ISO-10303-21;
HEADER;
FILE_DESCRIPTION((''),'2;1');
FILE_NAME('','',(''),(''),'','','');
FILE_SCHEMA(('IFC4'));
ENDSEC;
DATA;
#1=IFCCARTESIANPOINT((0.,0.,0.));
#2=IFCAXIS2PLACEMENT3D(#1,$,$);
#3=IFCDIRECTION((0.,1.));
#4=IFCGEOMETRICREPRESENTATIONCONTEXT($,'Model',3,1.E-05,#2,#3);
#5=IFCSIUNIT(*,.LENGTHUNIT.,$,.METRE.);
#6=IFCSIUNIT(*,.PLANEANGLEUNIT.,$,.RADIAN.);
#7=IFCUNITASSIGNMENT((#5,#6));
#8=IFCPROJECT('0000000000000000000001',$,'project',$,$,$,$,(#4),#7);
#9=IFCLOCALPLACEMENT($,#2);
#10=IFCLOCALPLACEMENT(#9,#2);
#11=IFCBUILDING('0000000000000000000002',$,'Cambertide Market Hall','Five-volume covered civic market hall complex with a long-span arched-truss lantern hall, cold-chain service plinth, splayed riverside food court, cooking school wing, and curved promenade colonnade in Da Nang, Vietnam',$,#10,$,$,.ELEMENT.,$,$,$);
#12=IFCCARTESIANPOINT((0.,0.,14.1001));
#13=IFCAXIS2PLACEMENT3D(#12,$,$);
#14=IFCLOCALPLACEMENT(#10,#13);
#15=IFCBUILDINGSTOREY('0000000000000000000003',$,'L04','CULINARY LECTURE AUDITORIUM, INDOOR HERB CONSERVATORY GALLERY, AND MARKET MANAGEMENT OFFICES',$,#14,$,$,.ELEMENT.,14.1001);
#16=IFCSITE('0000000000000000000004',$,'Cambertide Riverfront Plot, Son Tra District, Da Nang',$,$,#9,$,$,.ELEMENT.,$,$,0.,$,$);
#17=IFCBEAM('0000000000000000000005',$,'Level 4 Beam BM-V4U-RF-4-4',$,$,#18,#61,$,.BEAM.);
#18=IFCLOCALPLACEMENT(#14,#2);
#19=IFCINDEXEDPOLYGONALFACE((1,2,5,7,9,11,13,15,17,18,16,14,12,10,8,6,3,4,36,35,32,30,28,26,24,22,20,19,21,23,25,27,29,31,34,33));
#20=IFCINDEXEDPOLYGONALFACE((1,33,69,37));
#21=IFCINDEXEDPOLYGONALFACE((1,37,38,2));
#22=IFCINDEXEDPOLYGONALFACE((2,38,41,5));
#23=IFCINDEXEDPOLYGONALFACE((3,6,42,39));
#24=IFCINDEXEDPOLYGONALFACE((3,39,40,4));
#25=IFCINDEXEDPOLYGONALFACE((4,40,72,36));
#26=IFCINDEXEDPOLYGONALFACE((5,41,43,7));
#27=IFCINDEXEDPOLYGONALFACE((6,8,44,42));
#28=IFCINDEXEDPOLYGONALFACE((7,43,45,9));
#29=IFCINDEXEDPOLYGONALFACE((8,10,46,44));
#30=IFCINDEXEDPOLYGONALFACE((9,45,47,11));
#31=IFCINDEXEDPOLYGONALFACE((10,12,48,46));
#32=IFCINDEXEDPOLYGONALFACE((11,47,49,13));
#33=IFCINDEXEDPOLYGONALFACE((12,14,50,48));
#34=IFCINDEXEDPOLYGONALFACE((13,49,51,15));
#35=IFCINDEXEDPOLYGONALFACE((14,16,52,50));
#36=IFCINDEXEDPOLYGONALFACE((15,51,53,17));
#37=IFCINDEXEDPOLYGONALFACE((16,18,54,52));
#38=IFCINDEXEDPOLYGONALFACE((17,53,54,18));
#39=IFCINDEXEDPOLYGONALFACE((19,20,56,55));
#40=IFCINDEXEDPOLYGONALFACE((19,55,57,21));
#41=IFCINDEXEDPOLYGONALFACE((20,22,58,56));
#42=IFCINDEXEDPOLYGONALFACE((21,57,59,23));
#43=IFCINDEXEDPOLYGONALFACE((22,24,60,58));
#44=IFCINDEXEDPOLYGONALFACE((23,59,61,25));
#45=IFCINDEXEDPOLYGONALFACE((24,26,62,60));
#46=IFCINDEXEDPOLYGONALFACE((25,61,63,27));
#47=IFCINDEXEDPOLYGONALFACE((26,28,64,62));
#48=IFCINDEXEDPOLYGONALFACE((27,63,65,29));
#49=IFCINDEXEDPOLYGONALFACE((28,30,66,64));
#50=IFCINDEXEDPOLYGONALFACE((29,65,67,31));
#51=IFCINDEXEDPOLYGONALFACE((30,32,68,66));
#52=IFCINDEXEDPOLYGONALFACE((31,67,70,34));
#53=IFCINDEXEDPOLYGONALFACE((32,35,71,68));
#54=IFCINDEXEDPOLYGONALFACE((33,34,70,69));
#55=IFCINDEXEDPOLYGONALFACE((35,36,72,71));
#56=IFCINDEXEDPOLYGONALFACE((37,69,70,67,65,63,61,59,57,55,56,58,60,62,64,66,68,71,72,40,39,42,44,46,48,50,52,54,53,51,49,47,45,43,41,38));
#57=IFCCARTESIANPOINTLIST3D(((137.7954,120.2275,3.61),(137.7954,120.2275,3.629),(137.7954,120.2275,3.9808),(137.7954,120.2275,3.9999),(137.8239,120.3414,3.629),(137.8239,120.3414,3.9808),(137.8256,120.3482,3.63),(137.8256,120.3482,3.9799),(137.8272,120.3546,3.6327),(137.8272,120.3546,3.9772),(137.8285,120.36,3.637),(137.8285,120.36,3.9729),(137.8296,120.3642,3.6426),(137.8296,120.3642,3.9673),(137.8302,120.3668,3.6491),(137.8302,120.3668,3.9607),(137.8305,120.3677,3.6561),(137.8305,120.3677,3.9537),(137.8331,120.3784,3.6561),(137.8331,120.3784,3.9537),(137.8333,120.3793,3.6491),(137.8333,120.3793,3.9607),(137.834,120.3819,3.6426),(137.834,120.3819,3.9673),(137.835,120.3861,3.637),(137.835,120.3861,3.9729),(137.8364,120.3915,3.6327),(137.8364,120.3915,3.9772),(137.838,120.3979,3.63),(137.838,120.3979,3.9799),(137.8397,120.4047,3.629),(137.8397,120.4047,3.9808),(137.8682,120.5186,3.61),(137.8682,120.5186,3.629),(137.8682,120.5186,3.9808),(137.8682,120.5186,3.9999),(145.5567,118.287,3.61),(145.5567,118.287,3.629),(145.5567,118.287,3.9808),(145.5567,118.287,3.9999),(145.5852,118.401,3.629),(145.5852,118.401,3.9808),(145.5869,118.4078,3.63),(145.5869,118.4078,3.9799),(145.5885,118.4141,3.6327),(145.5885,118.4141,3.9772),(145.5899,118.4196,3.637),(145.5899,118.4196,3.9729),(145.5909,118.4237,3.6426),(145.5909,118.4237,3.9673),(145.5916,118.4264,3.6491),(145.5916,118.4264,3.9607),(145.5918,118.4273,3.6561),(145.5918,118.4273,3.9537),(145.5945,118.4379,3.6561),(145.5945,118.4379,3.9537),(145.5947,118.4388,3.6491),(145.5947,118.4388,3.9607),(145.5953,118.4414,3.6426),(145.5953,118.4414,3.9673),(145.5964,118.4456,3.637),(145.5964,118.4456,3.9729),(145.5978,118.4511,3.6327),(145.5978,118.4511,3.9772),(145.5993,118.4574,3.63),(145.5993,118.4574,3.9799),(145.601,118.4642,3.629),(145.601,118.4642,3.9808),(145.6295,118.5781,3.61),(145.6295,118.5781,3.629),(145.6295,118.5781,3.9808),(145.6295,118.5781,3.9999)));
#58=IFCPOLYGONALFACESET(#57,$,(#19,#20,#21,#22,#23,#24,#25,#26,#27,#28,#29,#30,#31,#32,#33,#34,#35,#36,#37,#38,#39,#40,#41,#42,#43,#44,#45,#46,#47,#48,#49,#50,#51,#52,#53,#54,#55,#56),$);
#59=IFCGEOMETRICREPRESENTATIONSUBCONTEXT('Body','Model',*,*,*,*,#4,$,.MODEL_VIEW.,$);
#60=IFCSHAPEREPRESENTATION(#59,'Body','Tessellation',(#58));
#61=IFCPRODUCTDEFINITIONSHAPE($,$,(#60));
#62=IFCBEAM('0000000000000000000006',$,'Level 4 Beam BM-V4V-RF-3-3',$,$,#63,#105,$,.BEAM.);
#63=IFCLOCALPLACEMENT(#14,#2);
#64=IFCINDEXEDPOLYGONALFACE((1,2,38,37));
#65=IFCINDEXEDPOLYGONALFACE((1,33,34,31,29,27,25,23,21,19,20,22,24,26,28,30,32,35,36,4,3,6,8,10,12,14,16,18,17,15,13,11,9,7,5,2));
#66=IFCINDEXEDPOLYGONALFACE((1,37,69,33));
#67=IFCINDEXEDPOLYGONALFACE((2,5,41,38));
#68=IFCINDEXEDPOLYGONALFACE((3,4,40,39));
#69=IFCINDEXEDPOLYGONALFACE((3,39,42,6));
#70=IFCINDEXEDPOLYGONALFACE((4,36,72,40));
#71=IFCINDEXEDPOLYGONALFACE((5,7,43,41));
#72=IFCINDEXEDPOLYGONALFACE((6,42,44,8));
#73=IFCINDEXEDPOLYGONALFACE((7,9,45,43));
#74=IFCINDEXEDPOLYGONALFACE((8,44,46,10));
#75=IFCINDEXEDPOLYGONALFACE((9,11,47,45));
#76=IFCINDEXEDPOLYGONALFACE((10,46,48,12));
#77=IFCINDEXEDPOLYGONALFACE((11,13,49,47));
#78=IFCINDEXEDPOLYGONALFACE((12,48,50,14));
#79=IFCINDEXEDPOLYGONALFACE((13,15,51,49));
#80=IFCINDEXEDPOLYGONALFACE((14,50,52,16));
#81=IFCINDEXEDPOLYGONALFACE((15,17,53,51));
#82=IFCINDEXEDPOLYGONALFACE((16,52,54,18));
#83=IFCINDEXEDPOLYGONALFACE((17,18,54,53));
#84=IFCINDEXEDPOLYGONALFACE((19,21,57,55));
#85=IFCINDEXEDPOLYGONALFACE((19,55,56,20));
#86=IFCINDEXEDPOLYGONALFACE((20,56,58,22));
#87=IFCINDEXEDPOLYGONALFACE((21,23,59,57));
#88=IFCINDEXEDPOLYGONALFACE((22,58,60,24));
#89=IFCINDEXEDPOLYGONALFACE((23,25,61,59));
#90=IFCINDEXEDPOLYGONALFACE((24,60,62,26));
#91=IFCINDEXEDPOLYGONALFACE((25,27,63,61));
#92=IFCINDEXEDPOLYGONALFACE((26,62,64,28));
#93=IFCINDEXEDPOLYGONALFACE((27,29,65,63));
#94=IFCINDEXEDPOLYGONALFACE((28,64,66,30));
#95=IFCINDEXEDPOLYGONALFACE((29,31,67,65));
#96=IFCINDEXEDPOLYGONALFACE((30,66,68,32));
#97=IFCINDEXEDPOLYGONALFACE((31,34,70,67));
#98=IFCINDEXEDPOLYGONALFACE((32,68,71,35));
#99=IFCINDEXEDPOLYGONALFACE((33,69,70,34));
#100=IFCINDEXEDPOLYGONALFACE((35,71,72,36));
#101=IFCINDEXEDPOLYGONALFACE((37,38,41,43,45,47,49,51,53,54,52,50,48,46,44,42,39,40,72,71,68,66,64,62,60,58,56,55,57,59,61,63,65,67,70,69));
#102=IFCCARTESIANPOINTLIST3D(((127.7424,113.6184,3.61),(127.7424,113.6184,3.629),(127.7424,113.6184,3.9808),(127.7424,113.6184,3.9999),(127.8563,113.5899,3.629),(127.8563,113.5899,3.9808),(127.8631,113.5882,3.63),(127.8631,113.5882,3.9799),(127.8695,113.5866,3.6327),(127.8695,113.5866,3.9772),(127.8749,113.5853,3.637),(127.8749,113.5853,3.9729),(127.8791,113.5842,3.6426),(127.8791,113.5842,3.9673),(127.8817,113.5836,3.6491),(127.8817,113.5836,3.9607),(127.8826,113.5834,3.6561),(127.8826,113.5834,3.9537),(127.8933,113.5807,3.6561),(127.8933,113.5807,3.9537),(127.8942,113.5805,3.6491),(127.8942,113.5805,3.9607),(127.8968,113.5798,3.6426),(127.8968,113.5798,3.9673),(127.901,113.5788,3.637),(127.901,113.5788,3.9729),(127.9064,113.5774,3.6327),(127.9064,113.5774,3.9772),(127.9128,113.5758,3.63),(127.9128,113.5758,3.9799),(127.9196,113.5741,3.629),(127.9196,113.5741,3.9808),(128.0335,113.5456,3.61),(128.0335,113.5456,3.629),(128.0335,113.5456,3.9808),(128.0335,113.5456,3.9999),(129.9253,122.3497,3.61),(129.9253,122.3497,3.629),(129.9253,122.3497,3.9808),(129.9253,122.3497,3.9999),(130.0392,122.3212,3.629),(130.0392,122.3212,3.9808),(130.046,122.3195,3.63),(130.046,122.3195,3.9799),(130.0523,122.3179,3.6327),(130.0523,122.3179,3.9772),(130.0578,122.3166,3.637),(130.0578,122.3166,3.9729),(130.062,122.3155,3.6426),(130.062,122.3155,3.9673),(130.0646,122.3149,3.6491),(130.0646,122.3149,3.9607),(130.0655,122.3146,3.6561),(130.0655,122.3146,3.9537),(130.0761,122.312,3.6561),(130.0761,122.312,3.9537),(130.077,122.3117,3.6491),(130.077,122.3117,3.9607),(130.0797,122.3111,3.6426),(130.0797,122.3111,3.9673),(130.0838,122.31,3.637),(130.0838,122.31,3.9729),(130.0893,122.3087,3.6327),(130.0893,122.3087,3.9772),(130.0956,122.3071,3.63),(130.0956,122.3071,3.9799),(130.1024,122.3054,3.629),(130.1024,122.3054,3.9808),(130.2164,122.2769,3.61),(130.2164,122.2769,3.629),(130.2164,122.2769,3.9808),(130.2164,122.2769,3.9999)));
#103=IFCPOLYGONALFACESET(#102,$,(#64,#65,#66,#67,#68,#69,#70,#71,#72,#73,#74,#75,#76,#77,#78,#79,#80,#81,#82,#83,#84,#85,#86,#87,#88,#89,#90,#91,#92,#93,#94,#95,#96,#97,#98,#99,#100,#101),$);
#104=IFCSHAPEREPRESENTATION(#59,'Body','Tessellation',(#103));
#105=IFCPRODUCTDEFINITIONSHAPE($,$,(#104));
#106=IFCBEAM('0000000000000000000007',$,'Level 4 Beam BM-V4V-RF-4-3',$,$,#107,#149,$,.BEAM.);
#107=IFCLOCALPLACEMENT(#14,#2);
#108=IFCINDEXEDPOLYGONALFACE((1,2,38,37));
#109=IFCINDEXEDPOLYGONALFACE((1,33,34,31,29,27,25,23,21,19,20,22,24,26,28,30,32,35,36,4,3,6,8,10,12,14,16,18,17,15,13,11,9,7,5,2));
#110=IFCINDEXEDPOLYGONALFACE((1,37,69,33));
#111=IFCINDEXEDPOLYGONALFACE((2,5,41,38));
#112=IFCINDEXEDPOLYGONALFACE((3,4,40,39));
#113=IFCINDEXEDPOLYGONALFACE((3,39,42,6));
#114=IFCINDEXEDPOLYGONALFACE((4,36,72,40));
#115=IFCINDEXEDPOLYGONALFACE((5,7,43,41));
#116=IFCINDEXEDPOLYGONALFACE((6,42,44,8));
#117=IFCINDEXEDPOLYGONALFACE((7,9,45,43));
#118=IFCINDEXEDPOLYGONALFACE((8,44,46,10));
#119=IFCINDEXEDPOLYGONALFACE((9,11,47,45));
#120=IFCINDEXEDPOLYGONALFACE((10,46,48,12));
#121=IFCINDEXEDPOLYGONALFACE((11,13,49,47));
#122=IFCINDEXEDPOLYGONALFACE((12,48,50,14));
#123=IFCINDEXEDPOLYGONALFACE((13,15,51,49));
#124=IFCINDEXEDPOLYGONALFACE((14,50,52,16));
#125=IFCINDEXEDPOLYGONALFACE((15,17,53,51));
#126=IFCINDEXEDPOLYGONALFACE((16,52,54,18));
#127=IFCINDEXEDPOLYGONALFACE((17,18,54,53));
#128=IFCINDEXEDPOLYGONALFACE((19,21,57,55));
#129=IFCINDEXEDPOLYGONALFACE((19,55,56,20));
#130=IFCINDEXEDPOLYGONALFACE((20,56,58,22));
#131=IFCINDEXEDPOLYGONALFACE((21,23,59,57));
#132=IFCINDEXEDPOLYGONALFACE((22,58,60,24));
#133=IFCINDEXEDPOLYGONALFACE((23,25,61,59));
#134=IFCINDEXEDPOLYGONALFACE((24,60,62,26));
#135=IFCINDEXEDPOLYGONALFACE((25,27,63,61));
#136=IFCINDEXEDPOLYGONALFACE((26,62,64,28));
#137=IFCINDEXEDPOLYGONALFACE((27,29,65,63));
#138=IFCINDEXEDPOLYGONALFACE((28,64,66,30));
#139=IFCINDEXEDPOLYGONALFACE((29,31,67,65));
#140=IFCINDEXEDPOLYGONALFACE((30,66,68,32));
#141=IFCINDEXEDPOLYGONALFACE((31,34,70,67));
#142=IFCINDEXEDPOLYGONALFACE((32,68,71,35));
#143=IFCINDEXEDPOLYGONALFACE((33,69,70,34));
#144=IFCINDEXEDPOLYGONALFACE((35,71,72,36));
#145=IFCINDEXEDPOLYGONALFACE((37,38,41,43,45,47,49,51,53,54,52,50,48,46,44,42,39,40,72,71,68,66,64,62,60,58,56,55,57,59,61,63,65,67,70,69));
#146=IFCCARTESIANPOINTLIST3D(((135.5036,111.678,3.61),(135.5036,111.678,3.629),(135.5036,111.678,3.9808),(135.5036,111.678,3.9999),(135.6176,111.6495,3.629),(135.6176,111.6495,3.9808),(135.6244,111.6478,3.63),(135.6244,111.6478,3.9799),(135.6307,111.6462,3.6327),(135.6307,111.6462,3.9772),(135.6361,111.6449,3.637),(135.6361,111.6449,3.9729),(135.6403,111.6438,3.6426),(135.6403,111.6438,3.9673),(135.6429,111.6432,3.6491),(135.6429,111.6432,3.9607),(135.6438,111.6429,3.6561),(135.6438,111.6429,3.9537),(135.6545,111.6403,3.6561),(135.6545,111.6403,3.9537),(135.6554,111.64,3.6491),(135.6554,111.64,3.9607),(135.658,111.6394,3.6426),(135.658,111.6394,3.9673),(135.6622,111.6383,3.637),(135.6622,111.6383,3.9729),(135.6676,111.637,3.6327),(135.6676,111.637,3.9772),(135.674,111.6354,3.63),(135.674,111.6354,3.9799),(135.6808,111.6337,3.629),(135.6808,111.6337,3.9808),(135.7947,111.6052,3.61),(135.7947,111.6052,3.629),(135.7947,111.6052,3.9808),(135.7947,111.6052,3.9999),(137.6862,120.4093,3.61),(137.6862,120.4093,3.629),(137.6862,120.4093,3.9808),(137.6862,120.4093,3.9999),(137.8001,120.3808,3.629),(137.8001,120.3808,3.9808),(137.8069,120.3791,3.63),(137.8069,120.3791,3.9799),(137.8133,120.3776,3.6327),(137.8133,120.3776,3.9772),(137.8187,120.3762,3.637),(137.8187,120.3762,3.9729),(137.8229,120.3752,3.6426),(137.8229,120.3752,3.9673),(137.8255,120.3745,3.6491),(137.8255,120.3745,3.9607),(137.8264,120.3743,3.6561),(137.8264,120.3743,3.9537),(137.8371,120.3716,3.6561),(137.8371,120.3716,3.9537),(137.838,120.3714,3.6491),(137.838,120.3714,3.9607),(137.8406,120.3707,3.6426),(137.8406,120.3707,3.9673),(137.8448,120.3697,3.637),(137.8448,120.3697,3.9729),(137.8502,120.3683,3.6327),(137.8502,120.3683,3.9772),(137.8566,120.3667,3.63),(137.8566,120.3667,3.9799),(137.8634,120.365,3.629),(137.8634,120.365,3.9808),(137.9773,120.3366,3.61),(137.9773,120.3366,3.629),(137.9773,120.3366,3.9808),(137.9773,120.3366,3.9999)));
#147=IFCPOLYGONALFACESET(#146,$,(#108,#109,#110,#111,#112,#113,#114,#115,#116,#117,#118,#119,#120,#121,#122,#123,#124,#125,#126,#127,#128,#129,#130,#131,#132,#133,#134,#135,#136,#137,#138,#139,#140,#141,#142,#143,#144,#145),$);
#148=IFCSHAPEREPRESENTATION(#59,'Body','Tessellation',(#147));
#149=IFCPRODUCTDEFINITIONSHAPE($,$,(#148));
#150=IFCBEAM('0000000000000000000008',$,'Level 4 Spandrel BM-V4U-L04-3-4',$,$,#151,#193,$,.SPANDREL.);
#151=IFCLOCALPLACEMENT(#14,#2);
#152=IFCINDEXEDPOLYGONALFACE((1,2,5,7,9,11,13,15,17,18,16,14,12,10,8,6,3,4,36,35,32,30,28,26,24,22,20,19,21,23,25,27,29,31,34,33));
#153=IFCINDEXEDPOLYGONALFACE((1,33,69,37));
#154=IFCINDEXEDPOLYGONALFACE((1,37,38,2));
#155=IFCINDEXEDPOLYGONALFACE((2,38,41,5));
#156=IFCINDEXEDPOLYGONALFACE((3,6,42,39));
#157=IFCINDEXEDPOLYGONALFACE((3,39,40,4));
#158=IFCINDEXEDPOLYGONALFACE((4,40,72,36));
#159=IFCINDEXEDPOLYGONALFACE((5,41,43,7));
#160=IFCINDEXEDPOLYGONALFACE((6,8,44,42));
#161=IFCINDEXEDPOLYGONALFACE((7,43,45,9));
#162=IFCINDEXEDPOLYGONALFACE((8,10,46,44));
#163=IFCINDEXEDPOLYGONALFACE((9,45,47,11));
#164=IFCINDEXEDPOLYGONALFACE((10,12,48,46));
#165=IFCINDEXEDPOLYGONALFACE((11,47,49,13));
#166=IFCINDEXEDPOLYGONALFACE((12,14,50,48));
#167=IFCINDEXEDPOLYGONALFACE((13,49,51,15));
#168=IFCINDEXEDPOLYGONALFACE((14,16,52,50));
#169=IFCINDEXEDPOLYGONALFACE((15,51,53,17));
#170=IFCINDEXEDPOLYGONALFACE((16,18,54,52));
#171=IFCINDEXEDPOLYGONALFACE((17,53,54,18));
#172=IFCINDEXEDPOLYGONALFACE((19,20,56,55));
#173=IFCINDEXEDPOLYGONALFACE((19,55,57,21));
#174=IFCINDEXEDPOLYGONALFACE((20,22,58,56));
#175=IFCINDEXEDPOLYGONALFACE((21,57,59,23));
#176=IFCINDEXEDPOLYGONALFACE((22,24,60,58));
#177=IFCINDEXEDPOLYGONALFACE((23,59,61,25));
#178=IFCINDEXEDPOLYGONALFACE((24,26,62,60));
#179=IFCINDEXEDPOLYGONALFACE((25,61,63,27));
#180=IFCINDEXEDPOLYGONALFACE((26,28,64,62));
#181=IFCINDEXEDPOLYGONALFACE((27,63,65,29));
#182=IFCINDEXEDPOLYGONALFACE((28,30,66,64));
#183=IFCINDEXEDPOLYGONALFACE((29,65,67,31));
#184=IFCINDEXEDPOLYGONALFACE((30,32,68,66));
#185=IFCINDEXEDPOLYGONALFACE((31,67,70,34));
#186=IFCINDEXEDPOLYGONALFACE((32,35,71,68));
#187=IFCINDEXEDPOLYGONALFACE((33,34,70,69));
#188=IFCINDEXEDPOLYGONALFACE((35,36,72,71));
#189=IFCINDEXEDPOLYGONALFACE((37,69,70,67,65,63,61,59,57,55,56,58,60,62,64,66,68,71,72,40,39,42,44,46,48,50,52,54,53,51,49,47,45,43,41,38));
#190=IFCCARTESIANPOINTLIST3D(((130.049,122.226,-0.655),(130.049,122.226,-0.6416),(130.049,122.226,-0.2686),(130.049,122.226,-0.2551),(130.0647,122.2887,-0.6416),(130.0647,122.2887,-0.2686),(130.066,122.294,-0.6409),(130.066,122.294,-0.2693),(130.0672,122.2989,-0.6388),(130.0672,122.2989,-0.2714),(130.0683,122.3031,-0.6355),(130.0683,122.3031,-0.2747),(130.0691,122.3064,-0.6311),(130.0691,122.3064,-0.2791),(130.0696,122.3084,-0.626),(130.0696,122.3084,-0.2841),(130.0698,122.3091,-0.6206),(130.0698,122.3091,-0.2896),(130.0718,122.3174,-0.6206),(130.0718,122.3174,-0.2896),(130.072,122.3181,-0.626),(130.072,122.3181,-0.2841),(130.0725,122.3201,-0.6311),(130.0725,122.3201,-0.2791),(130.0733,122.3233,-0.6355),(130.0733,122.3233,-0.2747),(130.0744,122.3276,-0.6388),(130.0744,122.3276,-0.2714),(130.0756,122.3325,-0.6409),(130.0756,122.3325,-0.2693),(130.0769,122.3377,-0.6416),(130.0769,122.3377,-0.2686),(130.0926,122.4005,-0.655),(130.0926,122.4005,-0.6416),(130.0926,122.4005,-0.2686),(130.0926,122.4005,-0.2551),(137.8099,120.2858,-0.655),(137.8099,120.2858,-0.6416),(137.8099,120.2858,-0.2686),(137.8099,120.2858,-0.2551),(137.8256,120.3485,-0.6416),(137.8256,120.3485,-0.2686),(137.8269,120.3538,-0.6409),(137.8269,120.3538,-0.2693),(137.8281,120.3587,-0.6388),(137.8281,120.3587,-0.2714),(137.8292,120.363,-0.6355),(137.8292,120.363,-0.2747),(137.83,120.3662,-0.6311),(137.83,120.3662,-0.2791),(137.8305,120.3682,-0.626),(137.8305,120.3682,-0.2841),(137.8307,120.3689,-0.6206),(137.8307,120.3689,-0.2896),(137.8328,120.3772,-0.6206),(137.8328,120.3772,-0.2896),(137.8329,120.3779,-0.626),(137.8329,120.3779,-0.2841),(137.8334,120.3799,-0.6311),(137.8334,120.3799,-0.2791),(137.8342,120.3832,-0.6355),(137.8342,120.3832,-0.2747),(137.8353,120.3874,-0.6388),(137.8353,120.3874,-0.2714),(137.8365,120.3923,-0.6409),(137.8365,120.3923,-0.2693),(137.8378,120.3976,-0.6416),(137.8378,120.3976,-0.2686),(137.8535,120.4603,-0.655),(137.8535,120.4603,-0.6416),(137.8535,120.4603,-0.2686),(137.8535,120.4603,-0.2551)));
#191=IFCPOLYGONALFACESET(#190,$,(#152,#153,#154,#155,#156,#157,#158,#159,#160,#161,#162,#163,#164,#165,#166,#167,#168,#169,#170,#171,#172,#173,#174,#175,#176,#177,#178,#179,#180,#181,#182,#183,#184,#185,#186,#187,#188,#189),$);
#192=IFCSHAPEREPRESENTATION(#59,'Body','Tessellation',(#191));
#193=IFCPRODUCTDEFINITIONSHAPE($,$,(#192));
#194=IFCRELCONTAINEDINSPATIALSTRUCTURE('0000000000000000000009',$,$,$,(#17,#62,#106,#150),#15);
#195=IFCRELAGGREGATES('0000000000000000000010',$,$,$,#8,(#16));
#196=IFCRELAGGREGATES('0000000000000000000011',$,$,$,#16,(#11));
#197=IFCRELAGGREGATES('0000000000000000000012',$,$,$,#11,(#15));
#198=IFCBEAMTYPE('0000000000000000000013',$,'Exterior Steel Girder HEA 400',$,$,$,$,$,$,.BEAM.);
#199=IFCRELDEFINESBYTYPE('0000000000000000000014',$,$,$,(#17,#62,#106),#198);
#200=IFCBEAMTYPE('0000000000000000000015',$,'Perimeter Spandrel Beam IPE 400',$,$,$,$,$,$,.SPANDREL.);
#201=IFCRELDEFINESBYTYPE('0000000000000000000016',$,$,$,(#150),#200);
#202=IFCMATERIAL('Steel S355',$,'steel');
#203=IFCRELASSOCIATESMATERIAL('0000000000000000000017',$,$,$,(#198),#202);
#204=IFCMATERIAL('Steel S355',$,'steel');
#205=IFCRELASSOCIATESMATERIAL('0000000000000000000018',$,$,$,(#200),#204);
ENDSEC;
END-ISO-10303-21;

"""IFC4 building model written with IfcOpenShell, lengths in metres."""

from ifc_helpers import new_model, si_unit, direction, frame, origin, origin_2d, place, context, subcontext, project, spatial, i_section, extrude, material, material_profile, profile_set, type_object, element, save


model = new_model("IFC4")

# Units and contexts
model_context = context("Model", 3, precision=1e-05, world=origin(), true_north=direction((0.0, 1.0)))
body_context = subcontext(model_context, "Body", "Model", "MODEL_VIEW")
ifc_project = project(units=[si_unit("LENGTHUNIT", "METRE"), si_unit("PLANEANGLEUNIT", "RADIAN")], contexts=[model_context])

# Site, building, storey
site_placement = place(None, origin())
site = spatial("IfcSite", under=ifc_project, at=site_placement, Name="Cambertide Riverfront Plot, Son Tra District, Da Nang", CompositionType="ELEMENT", RefElevation=0.0)
building_placement = place(site_placement, origin())
building = spatial("IfcBuilding", under=site, at=building_placement, Name="Cambertide Market Hall", Description="Five-volume covered civic market hall complex with a long-span arched-truss lantern hall, cold-chain service plinth, splayed riverside food court, cooking school wing, and curved promenade colonnade in Da Nang, Vietnam", CompositionType="ELEMENT")
storey_placement = place(building_placement, frame((0.0, 0.0, 14.1001)))
storey = spatial("IfcBuildingStorey", under=building, at=storey_placement, Name="L04", Description="CULINARY LECTURE AUDITORIUM, INDOOR HERB CONSERVATORY GALLERY, AND MARKET MANAGEMENT OFFICES", CompositionType="ELEMENT", Elevation=14.1001)

# Beams
ifc_material_1 = material(Name="Steel S355", Category="steel")
ifc_material_profile_1 = material_profile(ifc_material_1, i_section(OverallWidth=0.3, OverallDepth=0.3899, WebThickness=0.011, FlangeThickness=0.019, FilletRadius=0.0271, at=origin_2d()), Name="HEA 400")
ifc_profile_set_1 = profile_set([ifc_material_profile_1], Name="Steel S355")
beam_type_1 = type_object("IfcBeamType", Name="Exterior Steel Girder HEA 400", PredefinedType="BEAM", material=ifc_profile_set_1)
beam_1_placement = place(storey_placement, frame((137.8318, 120.373, 3.8049), z_axis=(0.970139, -0.24255, 0.0), x_axis=(0.24255, 0.970139, 0.0)))
element("IfcBeam", 1, at=beam_1_placement, inside=storey, type_object=beam_type_1, Name="Level 4 Beam BM-V4U-RF-4-4", PredefinedType="BEAM", context=body_context, shape_type="SweptSolid", body=[
    extrude(i_section(OverallWidth=0.3, OverallDepth=0.3899, WebThickness=0.011, FlangeThickness=0.019, FilletRadius=0.0271, at=origin_2d()), origin(), (0.0, 0.0, 1.0), 8.0002),
])
for number, where, z_axis, x_axis, name in (
    (2, (127.8879, 113.582, 3.8049), (0.242542, 0.970141, 0.0), (-0.970141, 0.242542, 0.0), "Level 4 Beam BM-V4V-RF-3-3"),
    (3, (135.6492, 111.6416, 3.8049), (0.24251, 0.970149, 0.0), (-0.970149, 0.24251, 0.0), "Level 4 Beam BM-V4V-RF-4-3"),
):
    element("IfcBeam", number, at=place(storey_placement, frame(where, z_axis=z_axis, x_axis=x_axis)), inside=storey, type_object=beam_type_1, Name=name, PredefinedType="BEAM", context=body_context, shape_type="SweptSolid", body=[
        extrude(i_section(OverallWidth=0.3, OverallDepth=0.3899, WebThickness=0.011, FlangeThickness=0.019, FilletRadius=0.0271, at=origin_2d()), origin(), (0.0, 0.0, 1.0), 9.0),
    ])
ifc_material_2 = material(Name="Steel S355", Category="steel")
ifc_material_profile_2 = material_profile(ifc_material_2, i_section(OverallWidth=0.1799, OverallDepth=0.3999, WebThickness=0.0085, FlangeThickness=0.0134, FilletRadius=0.021, at=origin_2d()), Name="IPE 400")
ifc_profile_set_2 = profile_set([ifc_material_profile_2], Name="Steel S355")
beam_type_2 = type_object("IfcBeamType", Name="Perimeter Spandrel Beam IPE 400", PredefinedType="SPANDREL", material=ifc_profile_set_2)
beam_2_placement = place(storey_placement, frame((130.0708, 122.3132, -0.4551), z_axis=(0.970144, -0.242528, 0.0), x_axis=(0.242528, 0.970144, 0.0)))
element("IfcBeam", 4, at=beam_2_placement, inside=storey, type_object=beam_type_2, Name="Level 4 Spandrel BM-V4U-L04-3-4", PredefinedType="SPANDREL", context=body_context, shape_type="SweptSolid", body=[
    extrude(i_section(OverallWidth=0.1799, OverallDepth=0.3999, WebThickness=0.0085, FlangeThickness=0.0134, FilletRadius=0.021, at=origin_2d()), origin(), (0.0, 0.0, 1.0), 7.9998),
])

save(model, "model.ifc")
